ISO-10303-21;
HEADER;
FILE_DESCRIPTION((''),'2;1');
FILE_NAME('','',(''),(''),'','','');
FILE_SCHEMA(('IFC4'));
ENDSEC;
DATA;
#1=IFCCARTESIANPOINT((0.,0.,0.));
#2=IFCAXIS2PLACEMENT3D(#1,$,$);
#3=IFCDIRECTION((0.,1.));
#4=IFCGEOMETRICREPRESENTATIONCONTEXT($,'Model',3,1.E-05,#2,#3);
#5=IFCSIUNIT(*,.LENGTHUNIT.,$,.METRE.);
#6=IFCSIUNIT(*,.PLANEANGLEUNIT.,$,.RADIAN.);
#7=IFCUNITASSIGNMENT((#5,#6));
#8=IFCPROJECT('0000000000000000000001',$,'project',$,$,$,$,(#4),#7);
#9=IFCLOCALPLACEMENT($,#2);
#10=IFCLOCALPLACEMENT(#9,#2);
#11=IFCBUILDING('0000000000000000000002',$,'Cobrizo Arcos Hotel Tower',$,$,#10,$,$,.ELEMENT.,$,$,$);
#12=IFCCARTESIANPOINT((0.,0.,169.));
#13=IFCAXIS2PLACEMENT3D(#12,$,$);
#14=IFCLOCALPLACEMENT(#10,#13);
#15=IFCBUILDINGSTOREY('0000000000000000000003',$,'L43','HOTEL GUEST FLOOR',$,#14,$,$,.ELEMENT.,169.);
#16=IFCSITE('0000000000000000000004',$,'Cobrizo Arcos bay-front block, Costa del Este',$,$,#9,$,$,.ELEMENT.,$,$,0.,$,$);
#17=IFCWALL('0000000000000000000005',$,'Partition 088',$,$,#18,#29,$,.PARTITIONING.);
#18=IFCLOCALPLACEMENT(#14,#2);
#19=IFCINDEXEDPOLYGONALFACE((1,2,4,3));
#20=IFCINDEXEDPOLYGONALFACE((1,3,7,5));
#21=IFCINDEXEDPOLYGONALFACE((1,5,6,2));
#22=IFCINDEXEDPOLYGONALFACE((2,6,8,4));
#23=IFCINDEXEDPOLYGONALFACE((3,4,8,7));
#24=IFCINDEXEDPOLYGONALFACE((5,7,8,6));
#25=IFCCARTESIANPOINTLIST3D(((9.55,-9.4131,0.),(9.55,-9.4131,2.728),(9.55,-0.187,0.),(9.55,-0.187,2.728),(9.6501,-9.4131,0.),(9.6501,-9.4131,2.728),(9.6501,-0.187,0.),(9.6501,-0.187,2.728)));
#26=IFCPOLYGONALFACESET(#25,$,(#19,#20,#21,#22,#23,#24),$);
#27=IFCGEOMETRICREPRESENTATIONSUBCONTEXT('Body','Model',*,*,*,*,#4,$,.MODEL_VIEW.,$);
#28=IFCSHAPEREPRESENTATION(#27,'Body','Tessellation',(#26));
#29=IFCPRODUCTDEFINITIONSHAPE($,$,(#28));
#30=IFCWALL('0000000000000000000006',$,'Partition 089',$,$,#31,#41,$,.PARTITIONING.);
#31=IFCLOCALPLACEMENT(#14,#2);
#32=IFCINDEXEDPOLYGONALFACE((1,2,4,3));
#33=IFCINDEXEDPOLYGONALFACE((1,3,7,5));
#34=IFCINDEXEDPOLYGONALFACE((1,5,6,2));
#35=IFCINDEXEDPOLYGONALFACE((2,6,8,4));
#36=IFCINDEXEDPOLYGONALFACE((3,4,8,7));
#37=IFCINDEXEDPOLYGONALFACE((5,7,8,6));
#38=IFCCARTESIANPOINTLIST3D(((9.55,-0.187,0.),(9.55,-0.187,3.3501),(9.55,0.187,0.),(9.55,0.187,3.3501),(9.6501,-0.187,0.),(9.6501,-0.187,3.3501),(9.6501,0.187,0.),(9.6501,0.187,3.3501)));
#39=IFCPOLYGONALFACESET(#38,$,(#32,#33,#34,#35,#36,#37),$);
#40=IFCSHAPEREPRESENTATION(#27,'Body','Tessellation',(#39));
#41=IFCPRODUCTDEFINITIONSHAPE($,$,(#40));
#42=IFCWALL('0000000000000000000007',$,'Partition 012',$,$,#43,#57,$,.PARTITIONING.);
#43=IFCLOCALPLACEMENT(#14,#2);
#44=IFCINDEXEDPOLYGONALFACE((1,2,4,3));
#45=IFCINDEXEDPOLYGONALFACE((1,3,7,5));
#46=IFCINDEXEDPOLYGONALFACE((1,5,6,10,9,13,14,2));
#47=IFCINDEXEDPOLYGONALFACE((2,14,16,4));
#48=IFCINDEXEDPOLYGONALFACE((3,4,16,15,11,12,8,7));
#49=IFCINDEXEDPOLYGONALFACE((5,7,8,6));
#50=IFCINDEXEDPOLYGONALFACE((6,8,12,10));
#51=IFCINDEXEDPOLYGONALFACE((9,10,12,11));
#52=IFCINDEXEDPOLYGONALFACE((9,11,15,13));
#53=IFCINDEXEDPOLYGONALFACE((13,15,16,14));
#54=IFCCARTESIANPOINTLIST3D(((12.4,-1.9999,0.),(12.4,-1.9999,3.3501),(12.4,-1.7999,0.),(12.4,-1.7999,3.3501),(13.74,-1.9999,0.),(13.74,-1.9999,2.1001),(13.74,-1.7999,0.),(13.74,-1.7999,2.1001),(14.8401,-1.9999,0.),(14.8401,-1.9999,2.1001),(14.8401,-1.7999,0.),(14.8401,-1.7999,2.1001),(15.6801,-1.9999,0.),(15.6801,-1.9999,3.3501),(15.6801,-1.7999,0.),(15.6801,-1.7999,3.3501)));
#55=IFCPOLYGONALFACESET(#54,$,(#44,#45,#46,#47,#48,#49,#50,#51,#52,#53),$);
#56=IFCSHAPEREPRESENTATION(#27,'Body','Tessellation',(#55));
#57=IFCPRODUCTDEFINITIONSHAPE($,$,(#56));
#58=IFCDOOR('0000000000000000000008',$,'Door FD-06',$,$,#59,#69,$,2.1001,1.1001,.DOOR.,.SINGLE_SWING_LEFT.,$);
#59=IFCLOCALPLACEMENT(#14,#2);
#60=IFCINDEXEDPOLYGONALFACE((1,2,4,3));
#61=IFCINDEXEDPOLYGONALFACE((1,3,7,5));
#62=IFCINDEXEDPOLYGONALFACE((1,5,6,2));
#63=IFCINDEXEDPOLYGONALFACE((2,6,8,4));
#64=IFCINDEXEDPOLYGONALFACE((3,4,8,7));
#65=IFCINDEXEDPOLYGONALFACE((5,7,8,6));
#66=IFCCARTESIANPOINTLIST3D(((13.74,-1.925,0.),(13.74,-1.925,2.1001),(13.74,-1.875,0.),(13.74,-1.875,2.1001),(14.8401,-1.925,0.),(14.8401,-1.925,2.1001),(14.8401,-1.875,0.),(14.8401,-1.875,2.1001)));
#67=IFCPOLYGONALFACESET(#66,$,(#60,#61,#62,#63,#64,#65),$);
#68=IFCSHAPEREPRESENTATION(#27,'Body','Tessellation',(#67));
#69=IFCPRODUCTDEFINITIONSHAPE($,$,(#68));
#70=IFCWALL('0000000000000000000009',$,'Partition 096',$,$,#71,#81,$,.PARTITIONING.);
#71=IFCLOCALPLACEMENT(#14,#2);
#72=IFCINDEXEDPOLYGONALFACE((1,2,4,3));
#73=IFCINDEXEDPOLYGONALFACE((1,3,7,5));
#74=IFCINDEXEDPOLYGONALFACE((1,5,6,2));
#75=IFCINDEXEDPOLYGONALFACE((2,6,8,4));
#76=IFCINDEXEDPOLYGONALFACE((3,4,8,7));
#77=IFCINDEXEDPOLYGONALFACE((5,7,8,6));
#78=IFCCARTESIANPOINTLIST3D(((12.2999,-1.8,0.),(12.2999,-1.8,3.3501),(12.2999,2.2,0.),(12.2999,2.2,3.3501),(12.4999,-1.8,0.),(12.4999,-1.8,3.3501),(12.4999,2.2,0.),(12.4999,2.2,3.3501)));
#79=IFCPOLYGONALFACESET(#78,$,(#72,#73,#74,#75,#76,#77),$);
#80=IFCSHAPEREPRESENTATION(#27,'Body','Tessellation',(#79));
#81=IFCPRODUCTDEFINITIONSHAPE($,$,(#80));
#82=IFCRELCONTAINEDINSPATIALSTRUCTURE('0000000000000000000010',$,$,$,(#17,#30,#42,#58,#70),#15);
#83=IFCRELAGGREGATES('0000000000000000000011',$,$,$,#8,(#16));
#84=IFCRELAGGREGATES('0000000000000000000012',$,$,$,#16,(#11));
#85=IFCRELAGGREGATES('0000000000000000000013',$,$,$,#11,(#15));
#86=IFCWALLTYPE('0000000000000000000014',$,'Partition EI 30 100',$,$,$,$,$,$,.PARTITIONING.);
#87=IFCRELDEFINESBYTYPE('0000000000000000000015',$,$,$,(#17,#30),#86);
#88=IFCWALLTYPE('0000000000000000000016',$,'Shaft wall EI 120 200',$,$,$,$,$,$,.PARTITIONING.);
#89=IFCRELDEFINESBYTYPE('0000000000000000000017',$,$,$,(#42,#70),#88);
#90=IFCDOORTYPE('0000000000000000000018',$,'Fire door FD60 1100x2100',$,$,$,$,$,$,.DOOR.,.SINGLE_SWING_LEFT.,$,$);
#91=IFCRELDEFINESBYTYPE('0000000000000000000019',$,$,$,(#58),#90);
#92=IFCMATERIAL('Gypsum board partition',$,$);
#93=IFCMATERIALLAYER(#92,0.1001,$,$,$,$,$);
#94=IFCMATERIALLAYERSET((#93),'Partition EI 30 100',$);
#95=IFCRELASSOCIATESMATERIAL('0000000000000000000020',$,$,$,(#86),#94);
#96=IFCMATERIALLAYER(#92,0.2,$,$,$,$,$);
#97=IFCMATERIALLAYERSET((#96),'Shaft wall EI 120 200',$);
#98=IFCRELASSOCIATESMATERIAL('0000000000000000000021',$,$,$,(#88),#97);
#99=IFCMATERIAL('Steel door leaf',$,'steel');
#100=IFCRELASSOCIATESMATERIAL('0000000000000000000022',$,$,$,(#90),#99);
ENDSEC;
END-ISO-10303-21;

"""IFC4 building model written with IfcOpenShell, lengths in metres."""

from ifc_helpers import new_model, si_unit, direction, frame, frame_2d, origin, place, context, subcontext, project, spatial, rectangle, extrude, material, layer, layer_set, type_object, element, fill, save


model = new_model("IFC4")

# Units and contexts
model_context = context("Model", 3, precision=1e-05, world=origin(), true_north=direction((0.0, 1.0)))
body_context = subcontext(model_context, "Body", "Model", "MODEL_VIEW")
ifc_project = project(units=[si_unit("LENGTHUNIT", "METRE"), si_unit("PLANEANGLEUNIT", "RADIAN")], contexts=[model_context])

# Site, building, storey
site_placement = place(None, origin())
site = spatial("IfcSite", under=ifc_project, at=site_placement, Name="Cobrizo Arcos bay-front block, Costa del Este", CompositionType="ELEMENT", RefElevation=0.0)
building_placement = place(site_placement, origin())
building = spatial("IfcBuilding", under=site, at=building_placement, Name="Cobrizo Arcos Hotel Tower", CompositionType="ELEMENT")
storey_placement = place(building_placement, frame((0.0, 0.0, 169.0)))
storey = spatial("IfcBuildingStorey", under=building, at=storey_placement, Name="L43", Description="HOTEL GUEST FLOOR", CompositionType="ELEMENT", Elevation=169.0)

# Walls
ifc_material_1 = material(Name="Gypsum board partition")
ifc_layer_1 = layer(ifc_material_1, 0.1001)
ifc_layer_set_1 = layer_set([ifc_layer_1], Name="Partition EI 30 100")
wall_type_1 = type_object("IfcWallType", Name="Partition EI 30 100", PredefinedType="PARTITIONING", material=ifc_layer_set_1)
wall_1_placement = place(storey_placement, frame((9.6001, -9.4131, 0.0), z_axis=(0.0, 0.0, 1.0), x_axis=(0.0, 1.0, 0.0)))
element("IfcWall", 1, at=wall_1_placement, inside=storey, type_object=wall_type_1, Name="Partition 088", PredefinedType="PARTITIONING", context=body_context, shape_type="SweptSolid", body=[
    extrude(rectangle(XDim=9.2261, YDim=0.1001, at=frame_2d((4.613, 0.0))), origin(), (0.0, 0.0, 1.0), 2.728),
])
wall_2_placement = place(storey_placement, frame((9.6001, -0.187, 0.0), z_axis=(0.0, 0.0, 1.0), x_axis=(0.0, 1.0, 0.0)))
element("IfcWall", 2, at=wall_2_placement, inside=storey, type_object=wall_type_1, Name="Partition 089", PredefinedType="PARTITIONING", context=body_context, shape_type="SweptSolid", body=[
    extrude(rectangle(XDim=0.374, YDim=0.1001, at=frame_2d((0.187, 0.0))), origin(), (0.0, 0.0, 1.0), 3.3501),
])

# Wall, opening, door
ifc_layer_2 = layer(ifc_material_1, 0.2)
ifc_layer_set_2 = layer_set([ifc_layer_2], Name="Shaft wall EI 120 200")
wall_type_2 = type_object("IfcWallType", Name="Shaft wall EI 120 200", PredefinedType="PARTITIONING", material=ifc_layer_set_2)
wall_3_placement = place(storey_placement, frame((12.3999, -1.8999, 0.0), z_axis=(0.0, 0.0, 1.0), x_axis=(1.0, 0.0, 0.0)))
wall_3 = element("IfcWall", 3, at=wall_3_placement, inside=storey, type_object=wall_type_2, Name="Partition 012", PredefinedType="PARTITIONING", context=body_context, shape_type="SweptSolid", body=[
    extrude(rectangle(XDim=3.28, YDim=0.2, at=frame_2d((1.6401, 0.0))), origin(), (0.0, 0.0, 1.0), 3.3501),
])
opening_placement = place(wall_3_placement, frame((1.3401, 0.0, 0.0)))
opening = element("IfcOpeningElement", 4, at=opening_placement, cuts=wall_3, PredefinedType="OPENING", context=body_context, shape_type="SweptSolid", body=[
    extrude(rectangle(XDim=1.1001, YDim=2.1001, at=frame_2d((0.55, 1.05))), frame((0.0, 0.1121, 0.0), z_axis=(0.0, -1.0, 0.0), x_axis=(1.0, 0.0, 0.0)), (0.0, 0.0, 1.0), 0.2239),
])
ifc_material_2 = material(Name="Steel door leaf", Category="steel")
door_type = type_object("IfcDoorType", Name="Fire door FD60 1100x2100", OperationType="SINGLE_SWING_LEFT", PredefinedType="DOOR", material=ifc_material_2)
door_placement = place(opening_placement, origin())
door = element("IfcDoor", 5, at=door_placement, inside=storey, type_object=door_type, Name="Door FD-06", OperationType="SINGLE_SWING_LEFT", OverallHeight=2.1001, OverallWidth=1.1001, PredefinedType="DOOR", context=body_context, shape_type="SweptSolid", body=[
    extrude(rectangle(XDim=1.1001, YDim=2.1001, at=frame_2d((0.55, 1.05))), frame((0.0, 0.0249, 0.0), z_axis=(0.0, -1.0, 0.0), x_axis=(1.0, 0.0, 0.0)), (0.0, 0.0, 1.0), 0.05),
])
fill(opening, door)

# Wall
wall_4_placement = place(storey_placement, frame((12.3999, -1.8, 0.0), z_axis=(0.0, 0.0, 1.0), x_axis=(0.0, 1.0, 0.0)))
element("IfcWall", 6, at=wall_4_placement, inside=storey, type_object=wall_type_2, Name="Partition 096", PredefinedType="PARTITIONING", context=body_context, shape_type="SweptSolid", body=[
    extrude(rectangle(XDim=4.0, YDim=0.2, at=frame_2d((2.0, 0.0))), origin(), (0.0, 0.0, 1.0), 3.3501),
])

save(model, "model.ifc")
